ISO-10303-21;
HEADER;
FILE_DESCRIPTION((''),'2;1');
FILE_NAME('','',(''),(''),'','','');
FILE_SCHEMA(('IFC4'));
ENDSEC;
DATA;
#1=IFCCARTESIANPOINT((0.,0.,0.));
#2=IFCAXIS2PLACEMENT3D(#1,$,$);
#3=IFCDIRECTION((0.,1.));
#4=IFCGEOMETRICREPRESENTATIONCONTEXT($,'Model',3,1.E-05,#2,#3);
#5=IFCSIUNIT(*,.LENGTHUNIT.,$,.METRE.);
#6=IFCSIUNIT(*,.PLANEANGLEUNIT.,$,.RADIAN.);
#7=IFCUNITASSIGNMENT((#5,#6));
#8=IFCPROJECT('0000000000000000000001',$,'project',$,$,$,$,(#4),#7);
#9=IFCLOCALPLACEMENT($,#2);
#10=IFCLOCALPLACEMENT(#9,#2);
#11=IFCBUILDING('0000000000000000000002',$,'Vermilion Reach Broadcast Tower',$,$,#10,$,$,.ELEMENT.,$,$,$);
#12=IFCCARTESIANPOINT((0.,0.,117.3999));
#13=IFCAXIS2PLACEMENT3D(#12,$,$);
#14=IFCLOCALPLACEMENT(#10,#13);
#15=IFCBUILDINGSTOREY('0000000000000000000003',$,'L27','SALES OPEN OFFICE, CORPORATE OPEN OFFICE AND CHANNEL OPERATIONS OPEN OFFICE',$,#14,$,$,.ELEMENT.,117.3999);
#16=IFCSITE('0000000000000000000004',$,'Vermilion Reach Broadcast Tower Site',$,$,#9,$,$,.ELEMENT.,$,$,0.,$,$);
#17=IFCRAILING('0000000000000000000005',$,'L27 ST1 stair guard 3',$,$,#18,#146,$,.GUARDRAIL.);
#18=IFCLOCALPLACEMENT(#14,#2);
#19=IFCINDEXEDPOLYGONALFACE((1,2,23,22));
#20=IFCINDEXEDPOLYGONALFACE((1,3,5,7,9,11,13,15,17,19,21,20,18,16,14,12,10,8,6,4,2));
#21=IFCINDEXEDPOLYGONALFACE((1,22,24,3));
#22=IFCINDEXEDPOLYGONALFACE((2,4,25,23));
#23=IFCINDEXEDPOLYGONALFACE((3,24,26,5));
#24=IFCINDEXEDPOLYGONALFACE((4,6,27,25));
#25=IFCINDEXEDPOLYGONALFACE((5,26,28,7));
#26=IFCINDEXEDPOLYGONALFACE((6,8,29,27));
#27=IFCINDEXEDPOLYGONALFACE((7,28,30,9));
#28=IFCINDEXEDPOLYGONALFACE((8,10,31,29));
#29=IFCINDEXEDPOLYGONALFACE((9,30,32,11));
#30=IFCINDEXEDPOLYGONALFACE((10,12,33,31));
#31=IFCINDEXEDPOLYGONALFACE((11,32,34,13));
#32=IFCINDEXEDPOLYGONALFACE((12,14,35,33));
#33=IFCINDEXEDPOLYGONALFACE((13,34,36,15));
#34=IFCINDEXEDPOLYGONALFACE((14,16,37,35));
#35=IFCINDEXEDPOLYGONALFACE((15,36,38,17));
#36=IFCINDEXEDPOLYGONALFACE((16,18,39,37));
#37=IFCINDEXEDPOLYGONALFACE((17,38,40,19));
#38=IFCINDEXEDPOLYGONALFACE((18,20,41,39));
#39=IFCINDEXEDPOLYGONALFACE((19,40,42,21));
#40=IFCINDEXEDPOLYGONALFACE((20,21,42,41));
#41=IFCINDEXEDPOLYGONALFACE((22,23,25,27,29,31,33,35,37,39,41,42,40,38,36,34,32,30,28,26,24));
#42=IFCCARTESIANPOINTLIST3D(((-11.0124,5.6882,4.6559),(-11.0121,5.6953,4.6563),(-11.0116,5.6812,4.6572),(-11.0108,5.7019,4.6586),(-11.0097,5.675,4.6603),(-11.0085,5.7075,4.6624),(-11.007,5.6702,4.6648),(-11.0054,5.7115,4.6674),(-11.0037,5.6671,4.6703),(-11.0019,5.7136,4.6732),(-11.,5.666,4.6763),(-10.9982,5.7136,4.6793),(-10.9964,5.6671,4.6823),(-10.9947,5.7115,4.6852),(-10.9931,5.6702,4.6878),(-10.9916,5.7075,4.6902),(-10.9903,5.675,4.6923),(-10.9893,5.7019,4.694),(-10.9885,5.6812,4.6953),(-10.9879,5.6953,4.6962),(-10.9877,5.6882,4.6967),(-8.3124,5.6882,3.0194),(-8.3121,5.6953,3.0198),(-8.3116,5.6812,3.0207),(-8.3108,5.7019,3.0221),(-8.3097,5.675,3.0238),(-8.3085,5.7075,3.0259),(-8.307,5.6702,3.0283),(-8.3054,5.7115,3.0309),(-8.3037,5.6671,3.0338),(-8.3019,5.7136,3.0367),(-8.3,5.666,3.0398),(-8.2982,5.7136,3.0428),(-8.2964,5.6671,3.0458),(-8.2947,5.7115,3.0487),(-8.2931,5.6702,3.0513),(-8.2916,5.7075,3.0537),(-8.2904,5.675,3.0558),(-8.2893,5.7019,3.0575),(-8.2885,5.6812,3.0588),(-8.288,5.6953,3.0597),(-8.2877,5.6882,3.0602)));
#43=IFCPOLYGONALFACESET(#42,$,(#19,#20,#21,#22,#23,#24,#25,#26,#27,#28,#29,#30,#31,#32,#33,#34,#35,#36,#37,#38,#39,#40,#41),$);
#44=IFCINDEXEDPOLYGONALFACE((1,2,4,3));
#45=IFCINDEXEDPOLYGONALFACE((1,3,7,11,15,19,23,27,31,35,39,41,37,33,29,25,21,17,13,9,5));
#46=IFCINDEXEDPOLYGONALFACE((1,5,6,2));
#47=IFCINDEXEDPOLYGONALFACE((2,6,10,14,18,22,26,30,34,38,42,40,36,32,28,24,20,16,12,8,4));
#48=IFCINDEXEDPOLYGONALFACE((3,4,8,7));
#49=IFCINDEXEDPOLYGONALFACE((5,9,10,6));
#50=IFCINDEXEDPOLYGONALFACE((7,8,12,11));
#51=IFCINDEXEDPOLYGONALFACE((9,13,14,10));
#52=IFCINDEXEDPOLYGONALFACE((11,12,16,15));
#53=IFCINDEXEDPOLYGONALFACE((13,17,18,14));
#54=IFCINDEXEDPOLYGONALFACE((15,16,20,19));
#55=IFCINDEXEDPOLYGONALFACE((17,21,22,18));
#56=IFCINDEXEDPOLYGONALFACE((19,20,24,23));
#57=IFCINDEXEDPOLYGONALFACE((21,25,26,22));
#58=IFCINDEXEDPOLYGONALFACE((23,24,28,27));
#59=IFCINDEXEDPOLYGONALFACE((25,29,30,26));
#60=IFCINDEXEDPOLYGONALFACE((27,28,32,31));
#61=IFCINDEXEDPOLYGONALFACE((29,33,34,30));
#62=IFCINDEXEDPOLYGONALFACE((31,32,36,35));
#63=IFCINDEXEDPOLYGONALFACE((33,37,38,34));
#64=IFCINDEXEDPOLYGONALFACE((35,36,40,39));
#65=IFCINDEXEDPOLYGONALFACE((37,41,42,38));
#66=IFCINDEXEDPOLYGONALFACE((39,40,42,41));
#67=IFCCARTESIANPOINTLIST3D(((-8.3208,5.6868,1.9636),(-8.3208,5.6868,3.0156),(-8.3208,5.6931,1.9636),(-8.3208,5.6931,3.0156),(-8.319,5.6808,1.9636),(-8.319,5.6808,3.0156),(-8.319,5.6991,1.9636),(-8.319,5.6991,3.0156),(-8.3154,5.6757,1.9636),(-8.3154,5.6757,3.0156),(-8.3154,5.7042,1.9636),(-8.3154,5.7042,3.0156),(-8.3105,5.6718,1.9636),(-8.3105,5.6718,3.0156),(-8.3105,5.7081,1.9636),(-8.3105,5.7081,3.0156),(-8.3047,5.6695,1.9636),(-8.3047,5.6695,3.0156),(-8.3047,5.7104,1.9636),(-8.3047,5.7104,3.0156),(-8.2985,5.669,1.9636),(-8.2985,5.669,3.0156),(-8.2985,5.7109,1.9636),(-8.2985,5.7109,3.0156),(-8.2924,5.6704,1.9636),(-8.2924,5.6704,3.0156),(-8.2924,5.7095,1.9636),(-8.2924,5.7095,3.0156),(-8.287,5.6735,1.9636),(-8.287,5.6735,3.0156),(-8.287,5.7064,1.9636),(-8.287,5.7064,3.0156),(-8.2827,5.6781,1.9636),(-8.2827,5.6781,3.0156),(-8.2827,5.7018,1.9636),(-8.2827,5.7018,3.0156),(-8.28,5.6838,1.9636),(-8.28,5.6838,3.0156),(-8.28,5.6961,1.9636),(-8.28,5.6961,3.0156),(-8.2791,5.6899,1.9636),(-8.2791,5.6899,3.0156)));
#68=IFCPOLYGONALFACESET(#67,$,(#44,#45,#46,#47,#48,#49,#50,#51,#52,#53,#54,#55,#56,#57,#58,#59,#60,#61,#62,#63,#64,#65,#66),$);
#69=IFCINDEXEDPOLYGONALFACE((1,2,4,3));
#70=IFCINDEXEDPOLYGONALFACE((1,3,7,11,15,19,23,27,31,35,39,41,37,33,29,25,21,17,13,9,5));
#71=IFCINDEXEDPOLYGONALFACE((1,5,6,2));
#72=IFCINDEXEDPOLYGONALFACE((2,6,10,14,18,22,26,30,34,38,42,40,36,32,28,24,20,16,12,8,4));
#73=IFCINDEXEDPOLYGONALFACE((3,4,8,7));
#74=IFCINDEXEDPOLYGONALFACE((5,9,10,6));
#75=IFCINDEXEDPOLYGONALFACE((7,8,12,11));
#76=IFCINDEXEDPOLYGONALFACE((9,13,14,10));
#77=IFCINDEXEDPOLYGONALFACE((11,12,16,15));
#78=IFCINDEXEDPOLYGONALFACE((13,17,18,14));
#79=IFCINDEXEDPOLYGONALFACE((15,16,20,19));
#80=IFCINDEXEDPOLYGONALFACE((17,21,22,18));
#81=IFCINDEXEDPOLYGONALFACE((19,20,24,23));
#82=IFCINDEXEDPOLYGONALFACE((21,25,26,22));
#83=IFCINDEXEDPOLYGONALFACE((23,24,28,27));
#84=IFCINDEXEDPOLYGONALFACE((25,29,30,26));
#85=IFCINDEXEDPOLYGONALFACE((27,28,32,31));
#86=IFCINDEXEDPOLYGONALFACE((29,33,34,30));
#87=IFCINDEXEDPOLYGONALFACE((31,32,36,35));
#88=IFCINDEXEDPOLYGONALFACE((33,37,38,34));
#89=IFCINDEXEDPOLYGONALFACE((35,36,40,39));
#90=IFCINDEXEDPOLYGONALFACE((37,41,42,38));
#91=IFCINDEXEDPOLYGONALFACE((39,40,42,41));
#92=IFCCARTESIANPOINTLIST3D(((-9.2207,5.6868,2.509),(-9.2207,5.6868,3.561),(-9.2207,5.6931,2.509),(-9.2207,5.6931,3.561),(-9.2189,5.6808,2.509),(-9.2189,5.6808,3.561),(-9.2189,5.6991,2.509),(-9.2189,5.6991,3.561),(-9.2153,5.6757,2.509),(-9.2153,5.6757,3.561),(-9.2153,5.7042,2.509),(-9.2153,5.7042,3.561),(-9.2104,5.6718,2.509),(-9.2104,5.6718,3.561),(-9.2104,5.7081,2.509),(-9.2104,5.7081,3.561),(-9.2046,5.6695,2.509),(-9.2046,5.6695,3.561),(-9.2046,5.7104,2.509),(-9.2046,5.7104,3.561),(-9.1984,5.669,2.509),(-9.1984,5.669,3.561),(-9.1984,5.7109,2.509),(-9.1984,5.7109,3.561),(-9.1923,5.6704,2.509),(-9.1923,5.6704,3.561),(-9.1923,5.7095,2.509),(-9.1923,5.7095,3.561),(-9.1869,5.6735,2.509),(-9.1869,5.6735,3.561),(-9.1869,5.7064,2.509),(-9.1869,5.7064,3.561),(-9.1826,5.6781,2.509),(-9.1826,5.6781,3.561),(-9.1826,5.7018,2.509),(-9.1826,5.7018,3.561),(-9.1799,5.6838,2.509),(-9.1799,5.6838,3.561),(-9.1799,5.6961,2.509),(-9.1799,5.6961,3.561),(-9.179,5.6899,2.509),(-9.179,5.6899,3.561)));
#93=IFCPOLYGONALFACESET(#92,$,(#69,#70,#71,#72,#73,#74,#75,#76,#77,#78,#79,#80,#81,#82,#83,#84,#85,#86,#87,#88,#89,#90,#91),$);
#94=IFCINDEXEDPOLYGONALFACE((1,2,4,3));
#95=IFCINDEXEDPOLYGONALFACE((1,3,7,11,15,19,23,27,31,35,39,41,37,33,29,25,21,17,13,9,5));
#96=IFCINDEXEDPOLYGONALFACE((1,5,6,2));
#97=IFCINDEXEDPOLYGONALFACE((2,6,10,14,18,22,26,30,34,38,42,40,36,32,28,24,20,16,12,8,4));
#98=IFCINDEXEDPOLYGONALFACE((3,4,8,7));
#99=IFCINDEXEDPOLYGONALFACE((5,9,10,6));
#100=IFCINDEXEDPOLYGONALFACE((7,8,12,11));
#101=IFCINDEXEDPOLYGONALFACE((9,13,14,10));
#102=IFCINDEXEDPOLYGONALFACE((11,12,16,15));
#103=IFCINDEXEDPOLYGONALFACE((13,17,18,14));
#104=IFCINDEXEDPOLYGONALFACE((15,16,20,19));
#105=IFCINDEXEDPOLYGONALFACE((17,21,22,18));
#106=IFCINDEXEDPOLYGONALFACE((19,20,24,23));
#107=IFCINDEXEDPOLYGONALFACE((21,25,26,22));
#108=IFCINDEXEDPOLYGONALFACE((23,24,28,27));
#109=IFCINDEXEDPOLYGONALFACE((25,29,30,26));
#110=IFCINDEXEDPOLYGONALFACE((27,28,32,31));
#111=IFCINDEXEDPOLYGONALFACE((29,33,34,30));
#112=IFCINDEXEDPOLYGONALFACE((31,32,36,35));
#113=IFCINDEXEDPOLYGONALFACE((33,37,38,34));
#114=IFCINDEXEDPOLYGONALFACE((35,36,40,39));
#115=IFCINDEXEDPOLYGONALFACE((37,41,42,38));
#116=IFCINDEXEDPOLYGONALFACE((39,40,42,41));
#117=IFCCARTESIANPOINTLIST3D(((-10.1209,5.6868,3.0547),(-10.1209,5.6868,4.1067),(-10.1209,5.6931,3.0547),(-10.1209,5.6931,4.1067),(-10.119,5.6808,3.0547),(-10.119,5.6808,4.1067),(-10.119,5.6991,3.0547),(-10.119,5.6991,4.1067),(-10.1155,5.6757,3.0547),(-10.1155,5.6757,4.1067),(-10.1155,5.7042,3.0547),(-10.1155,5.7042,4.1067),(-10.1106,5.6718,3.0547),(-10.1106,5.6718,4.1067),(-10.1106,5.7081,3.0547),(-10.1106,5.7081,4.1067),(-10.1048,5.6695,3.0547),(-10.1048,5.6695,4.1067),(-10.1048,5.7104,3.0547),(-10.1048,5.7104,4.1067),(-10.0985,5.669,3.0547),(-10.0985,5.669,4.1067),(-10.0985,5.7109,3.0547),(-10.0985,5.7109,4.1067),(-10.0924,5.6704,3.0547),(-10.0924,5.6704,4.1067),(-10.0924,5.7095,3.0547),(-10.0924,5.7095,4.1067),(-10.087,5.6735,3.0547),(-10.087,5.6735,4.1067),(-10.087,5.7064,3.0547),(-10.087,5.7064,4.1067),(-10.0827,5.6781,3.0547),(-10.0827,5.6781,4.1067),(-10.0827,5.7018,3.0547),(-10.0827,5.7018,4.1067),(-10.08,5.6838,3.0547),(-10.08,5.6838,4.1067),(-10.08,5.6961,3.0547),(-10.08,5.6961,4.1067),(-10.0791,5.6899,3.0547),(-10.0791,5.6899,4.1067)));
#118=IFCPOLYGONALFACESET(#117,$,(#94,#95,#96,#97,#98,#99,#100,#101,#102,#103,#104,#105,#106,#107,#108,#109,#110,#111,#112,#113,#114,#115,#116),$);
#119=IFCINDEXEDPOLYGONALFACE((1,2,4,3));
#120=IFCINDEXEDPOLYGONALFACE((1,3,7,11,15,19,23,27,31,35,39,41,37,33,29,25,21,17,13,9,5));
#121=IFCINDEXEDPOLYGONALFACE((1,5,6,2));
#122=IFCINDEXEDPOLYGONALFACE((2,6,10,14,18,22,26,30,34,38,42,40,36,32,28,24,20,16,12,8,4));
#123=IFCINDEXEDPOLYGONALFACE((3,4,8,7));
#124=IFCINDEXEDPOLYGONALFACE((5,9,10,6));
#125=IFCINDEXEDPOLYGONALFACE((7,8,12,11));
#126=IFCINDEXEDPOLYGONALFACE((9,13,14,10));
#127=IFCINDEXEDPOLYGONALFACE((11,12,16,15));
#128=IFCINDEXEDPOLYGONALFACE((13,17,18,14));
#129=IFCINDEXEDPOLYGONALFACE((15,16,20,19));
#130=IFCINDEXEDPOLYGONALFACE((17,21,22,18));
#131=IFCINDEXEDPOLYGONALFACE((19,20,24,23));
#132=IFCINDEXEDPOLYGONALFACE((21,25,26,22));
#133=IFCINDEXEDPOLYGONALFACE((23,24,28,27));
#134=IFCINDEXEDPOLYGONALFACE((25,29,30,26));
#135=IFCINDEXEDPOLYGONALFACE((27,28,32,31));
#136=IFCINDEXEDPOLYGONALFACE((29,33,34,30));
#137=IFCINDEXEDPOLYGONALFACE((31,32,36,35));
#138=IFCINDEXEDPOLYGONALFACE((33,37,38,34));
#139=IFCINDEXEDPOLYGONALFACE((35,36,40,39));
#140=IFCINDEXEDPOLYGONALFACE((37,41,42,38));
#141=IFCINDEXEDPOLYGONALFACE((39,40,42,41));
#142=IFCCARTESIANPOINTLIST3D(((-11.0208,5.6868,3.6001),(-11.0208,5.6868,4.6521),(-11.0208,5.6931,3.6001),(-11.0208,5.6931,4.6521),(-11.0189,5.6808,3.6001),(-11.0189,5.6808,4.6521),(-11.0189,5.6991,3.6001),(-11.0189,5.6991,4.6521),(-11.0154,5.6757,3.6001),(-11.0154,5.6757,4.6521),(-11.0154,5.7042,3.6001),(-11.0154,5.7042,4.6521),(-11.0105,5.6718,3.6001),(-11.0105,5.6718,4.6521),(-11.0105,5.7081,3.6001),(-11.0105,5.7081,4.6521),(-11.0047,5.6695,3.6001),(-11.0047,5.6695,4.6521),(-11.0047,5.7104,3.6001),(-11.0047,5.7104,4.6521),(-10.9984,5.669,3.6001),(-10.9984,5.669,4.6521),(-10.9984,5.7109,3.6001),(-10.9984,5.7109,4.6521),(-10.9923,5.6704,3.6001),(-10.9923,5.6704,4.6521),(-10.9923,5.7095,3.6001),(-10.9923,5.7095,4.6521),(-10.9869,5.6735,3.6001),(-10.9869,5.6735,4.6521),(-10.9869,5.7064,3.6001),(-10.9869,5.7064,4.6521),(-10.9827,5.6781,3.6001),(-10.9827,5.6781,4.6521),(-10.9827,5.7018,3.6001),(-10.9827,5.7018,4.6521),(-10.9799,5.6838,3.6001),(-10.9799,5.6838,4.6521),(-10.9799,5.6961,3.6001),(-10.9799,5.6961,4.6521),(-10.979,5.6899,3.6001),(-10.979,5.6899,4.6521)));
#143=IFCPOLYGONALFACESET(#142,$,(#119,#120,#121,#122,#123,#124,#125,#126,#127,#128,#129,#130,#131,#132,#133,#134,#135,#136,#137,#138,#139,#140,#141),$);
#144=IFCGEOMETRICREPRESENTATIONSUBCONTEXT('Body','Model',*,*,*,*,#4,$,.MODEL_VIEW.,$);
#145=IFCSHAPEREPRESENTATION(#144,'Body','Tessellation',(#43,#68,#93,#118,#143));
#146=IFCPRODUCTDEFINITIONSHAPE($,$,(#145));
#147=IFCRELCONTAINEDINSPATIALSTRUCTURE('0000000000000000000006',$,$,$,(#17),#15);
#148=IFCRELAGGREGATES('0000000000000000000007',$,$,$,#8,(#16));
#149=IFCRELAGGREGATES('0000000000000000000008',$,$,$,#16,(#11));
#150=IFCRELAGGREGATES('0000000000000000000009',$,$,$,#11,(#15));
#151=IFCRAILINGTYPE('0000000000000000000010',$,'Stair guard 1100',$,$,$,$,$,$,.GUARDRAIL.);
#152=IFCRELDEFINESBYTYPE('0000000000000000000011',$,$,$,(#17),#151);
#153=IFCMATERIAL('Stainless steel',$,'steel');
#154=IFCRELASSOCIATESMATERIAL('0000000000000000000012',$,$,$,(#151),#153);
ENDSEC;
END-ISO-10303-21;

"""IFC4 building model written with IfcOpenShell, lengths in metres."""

from ifc_helpers import new_model, si_unit, direction, frame, origin, origin_2d, place, context, subcontext, project, spatial, circle, extrude, material, type_object, element, save


model = new_model("IFC4")

# Units and contexts
model_context = context("Model", 3, precision=1e-05, world=origin(), true_north=direction((0.0, 1.0)))
body_context = subcontext(model_context, "Body", "Model", "MODEL_VIEW")
ifc_project = project(units=[si_unit("LENGTHUNIT", "METRE"), si_unit("PLANEANGLEUNIT", "RADIAN")], contexts=[model_context])

# Site, building, storey
site_placement = place(None, origin())
site = spatial("IfcSite", under=ifc_project, at=site_placement, Name="Vermilion Reach Broadcast Tower Site", CompositionType="ELEMENT", RefElevation=0.0)
building_placement = place(site_placement, origin())
building = spatial("IfcBuilding", under=site, at=building_placement, Name="Vermilion Reach Broadcast Tower", CompositionType="ELEMENT")
storey_placement = place(building_placement, frame((0.0, 0.0, 117.3999)))
storey = spatial("IfcBuildingStorey", under=building, at=storey_placement, Name="L27", Description="SALES OPEN OFFICE, CORPORATE OPEN OFFICE AND CHANNEL OPERATIONS OPEN OFFICE", CompositionType="ELEMENT", Elevation=117.3999)

# Railing
ifc_material_1 = material(Name="Stainless steel", Category="steel")
railing_type_1 = type_object("IfcRailingType", Name="Stair guard 1100", PredefinedType="GUARDRAIL", material=ifc_material_1)
railing_1_placement = place(storey_placement, frame((-8.3, 5.6899, 1.9636)))
element("IfcRailing", 1, at=railing_1_placement, inside=storey, type_object=railing_type_1, Name="L27 ST1 stair guard 3", PredefinedType="GUARDRAIL", context=body_context, shape_type="SweptSolid", body=[
    extrude(circle(Radius=0.0239, at=origin_2d()), frame((0.0, 0.0, 1.0762), z_axis=(-0.855178, 0.0, 0.518334), x_axis=(0.0, -1.0, 0.0)), (0.0, 0.0, 1.0), 3.1572),
    extrude(circle(Radius=0.021, at=origin_2d()), origin(), (0.0, 0.0, 1.0), 1.052),
    extrude(circle(Radius=0.021, at=origin_2d()), frame((-0.8999, 0.0, 0.5454)), (0.0, 0.0, 1.0), 1.052),
    extrude(circle(Radius=0.021, at=origin_2d()), frame((-1.8, 0.0, 1.0911)), (0.0, 0.0, 1.0), 1.052),
    extrude(circle(Radius=0.021, at=origin_2d()), frame((-2.7, 0.0, 1.6365)), (0.0, 0.0, 1.0), 1.052),
])

save(model, "model.ifc")
